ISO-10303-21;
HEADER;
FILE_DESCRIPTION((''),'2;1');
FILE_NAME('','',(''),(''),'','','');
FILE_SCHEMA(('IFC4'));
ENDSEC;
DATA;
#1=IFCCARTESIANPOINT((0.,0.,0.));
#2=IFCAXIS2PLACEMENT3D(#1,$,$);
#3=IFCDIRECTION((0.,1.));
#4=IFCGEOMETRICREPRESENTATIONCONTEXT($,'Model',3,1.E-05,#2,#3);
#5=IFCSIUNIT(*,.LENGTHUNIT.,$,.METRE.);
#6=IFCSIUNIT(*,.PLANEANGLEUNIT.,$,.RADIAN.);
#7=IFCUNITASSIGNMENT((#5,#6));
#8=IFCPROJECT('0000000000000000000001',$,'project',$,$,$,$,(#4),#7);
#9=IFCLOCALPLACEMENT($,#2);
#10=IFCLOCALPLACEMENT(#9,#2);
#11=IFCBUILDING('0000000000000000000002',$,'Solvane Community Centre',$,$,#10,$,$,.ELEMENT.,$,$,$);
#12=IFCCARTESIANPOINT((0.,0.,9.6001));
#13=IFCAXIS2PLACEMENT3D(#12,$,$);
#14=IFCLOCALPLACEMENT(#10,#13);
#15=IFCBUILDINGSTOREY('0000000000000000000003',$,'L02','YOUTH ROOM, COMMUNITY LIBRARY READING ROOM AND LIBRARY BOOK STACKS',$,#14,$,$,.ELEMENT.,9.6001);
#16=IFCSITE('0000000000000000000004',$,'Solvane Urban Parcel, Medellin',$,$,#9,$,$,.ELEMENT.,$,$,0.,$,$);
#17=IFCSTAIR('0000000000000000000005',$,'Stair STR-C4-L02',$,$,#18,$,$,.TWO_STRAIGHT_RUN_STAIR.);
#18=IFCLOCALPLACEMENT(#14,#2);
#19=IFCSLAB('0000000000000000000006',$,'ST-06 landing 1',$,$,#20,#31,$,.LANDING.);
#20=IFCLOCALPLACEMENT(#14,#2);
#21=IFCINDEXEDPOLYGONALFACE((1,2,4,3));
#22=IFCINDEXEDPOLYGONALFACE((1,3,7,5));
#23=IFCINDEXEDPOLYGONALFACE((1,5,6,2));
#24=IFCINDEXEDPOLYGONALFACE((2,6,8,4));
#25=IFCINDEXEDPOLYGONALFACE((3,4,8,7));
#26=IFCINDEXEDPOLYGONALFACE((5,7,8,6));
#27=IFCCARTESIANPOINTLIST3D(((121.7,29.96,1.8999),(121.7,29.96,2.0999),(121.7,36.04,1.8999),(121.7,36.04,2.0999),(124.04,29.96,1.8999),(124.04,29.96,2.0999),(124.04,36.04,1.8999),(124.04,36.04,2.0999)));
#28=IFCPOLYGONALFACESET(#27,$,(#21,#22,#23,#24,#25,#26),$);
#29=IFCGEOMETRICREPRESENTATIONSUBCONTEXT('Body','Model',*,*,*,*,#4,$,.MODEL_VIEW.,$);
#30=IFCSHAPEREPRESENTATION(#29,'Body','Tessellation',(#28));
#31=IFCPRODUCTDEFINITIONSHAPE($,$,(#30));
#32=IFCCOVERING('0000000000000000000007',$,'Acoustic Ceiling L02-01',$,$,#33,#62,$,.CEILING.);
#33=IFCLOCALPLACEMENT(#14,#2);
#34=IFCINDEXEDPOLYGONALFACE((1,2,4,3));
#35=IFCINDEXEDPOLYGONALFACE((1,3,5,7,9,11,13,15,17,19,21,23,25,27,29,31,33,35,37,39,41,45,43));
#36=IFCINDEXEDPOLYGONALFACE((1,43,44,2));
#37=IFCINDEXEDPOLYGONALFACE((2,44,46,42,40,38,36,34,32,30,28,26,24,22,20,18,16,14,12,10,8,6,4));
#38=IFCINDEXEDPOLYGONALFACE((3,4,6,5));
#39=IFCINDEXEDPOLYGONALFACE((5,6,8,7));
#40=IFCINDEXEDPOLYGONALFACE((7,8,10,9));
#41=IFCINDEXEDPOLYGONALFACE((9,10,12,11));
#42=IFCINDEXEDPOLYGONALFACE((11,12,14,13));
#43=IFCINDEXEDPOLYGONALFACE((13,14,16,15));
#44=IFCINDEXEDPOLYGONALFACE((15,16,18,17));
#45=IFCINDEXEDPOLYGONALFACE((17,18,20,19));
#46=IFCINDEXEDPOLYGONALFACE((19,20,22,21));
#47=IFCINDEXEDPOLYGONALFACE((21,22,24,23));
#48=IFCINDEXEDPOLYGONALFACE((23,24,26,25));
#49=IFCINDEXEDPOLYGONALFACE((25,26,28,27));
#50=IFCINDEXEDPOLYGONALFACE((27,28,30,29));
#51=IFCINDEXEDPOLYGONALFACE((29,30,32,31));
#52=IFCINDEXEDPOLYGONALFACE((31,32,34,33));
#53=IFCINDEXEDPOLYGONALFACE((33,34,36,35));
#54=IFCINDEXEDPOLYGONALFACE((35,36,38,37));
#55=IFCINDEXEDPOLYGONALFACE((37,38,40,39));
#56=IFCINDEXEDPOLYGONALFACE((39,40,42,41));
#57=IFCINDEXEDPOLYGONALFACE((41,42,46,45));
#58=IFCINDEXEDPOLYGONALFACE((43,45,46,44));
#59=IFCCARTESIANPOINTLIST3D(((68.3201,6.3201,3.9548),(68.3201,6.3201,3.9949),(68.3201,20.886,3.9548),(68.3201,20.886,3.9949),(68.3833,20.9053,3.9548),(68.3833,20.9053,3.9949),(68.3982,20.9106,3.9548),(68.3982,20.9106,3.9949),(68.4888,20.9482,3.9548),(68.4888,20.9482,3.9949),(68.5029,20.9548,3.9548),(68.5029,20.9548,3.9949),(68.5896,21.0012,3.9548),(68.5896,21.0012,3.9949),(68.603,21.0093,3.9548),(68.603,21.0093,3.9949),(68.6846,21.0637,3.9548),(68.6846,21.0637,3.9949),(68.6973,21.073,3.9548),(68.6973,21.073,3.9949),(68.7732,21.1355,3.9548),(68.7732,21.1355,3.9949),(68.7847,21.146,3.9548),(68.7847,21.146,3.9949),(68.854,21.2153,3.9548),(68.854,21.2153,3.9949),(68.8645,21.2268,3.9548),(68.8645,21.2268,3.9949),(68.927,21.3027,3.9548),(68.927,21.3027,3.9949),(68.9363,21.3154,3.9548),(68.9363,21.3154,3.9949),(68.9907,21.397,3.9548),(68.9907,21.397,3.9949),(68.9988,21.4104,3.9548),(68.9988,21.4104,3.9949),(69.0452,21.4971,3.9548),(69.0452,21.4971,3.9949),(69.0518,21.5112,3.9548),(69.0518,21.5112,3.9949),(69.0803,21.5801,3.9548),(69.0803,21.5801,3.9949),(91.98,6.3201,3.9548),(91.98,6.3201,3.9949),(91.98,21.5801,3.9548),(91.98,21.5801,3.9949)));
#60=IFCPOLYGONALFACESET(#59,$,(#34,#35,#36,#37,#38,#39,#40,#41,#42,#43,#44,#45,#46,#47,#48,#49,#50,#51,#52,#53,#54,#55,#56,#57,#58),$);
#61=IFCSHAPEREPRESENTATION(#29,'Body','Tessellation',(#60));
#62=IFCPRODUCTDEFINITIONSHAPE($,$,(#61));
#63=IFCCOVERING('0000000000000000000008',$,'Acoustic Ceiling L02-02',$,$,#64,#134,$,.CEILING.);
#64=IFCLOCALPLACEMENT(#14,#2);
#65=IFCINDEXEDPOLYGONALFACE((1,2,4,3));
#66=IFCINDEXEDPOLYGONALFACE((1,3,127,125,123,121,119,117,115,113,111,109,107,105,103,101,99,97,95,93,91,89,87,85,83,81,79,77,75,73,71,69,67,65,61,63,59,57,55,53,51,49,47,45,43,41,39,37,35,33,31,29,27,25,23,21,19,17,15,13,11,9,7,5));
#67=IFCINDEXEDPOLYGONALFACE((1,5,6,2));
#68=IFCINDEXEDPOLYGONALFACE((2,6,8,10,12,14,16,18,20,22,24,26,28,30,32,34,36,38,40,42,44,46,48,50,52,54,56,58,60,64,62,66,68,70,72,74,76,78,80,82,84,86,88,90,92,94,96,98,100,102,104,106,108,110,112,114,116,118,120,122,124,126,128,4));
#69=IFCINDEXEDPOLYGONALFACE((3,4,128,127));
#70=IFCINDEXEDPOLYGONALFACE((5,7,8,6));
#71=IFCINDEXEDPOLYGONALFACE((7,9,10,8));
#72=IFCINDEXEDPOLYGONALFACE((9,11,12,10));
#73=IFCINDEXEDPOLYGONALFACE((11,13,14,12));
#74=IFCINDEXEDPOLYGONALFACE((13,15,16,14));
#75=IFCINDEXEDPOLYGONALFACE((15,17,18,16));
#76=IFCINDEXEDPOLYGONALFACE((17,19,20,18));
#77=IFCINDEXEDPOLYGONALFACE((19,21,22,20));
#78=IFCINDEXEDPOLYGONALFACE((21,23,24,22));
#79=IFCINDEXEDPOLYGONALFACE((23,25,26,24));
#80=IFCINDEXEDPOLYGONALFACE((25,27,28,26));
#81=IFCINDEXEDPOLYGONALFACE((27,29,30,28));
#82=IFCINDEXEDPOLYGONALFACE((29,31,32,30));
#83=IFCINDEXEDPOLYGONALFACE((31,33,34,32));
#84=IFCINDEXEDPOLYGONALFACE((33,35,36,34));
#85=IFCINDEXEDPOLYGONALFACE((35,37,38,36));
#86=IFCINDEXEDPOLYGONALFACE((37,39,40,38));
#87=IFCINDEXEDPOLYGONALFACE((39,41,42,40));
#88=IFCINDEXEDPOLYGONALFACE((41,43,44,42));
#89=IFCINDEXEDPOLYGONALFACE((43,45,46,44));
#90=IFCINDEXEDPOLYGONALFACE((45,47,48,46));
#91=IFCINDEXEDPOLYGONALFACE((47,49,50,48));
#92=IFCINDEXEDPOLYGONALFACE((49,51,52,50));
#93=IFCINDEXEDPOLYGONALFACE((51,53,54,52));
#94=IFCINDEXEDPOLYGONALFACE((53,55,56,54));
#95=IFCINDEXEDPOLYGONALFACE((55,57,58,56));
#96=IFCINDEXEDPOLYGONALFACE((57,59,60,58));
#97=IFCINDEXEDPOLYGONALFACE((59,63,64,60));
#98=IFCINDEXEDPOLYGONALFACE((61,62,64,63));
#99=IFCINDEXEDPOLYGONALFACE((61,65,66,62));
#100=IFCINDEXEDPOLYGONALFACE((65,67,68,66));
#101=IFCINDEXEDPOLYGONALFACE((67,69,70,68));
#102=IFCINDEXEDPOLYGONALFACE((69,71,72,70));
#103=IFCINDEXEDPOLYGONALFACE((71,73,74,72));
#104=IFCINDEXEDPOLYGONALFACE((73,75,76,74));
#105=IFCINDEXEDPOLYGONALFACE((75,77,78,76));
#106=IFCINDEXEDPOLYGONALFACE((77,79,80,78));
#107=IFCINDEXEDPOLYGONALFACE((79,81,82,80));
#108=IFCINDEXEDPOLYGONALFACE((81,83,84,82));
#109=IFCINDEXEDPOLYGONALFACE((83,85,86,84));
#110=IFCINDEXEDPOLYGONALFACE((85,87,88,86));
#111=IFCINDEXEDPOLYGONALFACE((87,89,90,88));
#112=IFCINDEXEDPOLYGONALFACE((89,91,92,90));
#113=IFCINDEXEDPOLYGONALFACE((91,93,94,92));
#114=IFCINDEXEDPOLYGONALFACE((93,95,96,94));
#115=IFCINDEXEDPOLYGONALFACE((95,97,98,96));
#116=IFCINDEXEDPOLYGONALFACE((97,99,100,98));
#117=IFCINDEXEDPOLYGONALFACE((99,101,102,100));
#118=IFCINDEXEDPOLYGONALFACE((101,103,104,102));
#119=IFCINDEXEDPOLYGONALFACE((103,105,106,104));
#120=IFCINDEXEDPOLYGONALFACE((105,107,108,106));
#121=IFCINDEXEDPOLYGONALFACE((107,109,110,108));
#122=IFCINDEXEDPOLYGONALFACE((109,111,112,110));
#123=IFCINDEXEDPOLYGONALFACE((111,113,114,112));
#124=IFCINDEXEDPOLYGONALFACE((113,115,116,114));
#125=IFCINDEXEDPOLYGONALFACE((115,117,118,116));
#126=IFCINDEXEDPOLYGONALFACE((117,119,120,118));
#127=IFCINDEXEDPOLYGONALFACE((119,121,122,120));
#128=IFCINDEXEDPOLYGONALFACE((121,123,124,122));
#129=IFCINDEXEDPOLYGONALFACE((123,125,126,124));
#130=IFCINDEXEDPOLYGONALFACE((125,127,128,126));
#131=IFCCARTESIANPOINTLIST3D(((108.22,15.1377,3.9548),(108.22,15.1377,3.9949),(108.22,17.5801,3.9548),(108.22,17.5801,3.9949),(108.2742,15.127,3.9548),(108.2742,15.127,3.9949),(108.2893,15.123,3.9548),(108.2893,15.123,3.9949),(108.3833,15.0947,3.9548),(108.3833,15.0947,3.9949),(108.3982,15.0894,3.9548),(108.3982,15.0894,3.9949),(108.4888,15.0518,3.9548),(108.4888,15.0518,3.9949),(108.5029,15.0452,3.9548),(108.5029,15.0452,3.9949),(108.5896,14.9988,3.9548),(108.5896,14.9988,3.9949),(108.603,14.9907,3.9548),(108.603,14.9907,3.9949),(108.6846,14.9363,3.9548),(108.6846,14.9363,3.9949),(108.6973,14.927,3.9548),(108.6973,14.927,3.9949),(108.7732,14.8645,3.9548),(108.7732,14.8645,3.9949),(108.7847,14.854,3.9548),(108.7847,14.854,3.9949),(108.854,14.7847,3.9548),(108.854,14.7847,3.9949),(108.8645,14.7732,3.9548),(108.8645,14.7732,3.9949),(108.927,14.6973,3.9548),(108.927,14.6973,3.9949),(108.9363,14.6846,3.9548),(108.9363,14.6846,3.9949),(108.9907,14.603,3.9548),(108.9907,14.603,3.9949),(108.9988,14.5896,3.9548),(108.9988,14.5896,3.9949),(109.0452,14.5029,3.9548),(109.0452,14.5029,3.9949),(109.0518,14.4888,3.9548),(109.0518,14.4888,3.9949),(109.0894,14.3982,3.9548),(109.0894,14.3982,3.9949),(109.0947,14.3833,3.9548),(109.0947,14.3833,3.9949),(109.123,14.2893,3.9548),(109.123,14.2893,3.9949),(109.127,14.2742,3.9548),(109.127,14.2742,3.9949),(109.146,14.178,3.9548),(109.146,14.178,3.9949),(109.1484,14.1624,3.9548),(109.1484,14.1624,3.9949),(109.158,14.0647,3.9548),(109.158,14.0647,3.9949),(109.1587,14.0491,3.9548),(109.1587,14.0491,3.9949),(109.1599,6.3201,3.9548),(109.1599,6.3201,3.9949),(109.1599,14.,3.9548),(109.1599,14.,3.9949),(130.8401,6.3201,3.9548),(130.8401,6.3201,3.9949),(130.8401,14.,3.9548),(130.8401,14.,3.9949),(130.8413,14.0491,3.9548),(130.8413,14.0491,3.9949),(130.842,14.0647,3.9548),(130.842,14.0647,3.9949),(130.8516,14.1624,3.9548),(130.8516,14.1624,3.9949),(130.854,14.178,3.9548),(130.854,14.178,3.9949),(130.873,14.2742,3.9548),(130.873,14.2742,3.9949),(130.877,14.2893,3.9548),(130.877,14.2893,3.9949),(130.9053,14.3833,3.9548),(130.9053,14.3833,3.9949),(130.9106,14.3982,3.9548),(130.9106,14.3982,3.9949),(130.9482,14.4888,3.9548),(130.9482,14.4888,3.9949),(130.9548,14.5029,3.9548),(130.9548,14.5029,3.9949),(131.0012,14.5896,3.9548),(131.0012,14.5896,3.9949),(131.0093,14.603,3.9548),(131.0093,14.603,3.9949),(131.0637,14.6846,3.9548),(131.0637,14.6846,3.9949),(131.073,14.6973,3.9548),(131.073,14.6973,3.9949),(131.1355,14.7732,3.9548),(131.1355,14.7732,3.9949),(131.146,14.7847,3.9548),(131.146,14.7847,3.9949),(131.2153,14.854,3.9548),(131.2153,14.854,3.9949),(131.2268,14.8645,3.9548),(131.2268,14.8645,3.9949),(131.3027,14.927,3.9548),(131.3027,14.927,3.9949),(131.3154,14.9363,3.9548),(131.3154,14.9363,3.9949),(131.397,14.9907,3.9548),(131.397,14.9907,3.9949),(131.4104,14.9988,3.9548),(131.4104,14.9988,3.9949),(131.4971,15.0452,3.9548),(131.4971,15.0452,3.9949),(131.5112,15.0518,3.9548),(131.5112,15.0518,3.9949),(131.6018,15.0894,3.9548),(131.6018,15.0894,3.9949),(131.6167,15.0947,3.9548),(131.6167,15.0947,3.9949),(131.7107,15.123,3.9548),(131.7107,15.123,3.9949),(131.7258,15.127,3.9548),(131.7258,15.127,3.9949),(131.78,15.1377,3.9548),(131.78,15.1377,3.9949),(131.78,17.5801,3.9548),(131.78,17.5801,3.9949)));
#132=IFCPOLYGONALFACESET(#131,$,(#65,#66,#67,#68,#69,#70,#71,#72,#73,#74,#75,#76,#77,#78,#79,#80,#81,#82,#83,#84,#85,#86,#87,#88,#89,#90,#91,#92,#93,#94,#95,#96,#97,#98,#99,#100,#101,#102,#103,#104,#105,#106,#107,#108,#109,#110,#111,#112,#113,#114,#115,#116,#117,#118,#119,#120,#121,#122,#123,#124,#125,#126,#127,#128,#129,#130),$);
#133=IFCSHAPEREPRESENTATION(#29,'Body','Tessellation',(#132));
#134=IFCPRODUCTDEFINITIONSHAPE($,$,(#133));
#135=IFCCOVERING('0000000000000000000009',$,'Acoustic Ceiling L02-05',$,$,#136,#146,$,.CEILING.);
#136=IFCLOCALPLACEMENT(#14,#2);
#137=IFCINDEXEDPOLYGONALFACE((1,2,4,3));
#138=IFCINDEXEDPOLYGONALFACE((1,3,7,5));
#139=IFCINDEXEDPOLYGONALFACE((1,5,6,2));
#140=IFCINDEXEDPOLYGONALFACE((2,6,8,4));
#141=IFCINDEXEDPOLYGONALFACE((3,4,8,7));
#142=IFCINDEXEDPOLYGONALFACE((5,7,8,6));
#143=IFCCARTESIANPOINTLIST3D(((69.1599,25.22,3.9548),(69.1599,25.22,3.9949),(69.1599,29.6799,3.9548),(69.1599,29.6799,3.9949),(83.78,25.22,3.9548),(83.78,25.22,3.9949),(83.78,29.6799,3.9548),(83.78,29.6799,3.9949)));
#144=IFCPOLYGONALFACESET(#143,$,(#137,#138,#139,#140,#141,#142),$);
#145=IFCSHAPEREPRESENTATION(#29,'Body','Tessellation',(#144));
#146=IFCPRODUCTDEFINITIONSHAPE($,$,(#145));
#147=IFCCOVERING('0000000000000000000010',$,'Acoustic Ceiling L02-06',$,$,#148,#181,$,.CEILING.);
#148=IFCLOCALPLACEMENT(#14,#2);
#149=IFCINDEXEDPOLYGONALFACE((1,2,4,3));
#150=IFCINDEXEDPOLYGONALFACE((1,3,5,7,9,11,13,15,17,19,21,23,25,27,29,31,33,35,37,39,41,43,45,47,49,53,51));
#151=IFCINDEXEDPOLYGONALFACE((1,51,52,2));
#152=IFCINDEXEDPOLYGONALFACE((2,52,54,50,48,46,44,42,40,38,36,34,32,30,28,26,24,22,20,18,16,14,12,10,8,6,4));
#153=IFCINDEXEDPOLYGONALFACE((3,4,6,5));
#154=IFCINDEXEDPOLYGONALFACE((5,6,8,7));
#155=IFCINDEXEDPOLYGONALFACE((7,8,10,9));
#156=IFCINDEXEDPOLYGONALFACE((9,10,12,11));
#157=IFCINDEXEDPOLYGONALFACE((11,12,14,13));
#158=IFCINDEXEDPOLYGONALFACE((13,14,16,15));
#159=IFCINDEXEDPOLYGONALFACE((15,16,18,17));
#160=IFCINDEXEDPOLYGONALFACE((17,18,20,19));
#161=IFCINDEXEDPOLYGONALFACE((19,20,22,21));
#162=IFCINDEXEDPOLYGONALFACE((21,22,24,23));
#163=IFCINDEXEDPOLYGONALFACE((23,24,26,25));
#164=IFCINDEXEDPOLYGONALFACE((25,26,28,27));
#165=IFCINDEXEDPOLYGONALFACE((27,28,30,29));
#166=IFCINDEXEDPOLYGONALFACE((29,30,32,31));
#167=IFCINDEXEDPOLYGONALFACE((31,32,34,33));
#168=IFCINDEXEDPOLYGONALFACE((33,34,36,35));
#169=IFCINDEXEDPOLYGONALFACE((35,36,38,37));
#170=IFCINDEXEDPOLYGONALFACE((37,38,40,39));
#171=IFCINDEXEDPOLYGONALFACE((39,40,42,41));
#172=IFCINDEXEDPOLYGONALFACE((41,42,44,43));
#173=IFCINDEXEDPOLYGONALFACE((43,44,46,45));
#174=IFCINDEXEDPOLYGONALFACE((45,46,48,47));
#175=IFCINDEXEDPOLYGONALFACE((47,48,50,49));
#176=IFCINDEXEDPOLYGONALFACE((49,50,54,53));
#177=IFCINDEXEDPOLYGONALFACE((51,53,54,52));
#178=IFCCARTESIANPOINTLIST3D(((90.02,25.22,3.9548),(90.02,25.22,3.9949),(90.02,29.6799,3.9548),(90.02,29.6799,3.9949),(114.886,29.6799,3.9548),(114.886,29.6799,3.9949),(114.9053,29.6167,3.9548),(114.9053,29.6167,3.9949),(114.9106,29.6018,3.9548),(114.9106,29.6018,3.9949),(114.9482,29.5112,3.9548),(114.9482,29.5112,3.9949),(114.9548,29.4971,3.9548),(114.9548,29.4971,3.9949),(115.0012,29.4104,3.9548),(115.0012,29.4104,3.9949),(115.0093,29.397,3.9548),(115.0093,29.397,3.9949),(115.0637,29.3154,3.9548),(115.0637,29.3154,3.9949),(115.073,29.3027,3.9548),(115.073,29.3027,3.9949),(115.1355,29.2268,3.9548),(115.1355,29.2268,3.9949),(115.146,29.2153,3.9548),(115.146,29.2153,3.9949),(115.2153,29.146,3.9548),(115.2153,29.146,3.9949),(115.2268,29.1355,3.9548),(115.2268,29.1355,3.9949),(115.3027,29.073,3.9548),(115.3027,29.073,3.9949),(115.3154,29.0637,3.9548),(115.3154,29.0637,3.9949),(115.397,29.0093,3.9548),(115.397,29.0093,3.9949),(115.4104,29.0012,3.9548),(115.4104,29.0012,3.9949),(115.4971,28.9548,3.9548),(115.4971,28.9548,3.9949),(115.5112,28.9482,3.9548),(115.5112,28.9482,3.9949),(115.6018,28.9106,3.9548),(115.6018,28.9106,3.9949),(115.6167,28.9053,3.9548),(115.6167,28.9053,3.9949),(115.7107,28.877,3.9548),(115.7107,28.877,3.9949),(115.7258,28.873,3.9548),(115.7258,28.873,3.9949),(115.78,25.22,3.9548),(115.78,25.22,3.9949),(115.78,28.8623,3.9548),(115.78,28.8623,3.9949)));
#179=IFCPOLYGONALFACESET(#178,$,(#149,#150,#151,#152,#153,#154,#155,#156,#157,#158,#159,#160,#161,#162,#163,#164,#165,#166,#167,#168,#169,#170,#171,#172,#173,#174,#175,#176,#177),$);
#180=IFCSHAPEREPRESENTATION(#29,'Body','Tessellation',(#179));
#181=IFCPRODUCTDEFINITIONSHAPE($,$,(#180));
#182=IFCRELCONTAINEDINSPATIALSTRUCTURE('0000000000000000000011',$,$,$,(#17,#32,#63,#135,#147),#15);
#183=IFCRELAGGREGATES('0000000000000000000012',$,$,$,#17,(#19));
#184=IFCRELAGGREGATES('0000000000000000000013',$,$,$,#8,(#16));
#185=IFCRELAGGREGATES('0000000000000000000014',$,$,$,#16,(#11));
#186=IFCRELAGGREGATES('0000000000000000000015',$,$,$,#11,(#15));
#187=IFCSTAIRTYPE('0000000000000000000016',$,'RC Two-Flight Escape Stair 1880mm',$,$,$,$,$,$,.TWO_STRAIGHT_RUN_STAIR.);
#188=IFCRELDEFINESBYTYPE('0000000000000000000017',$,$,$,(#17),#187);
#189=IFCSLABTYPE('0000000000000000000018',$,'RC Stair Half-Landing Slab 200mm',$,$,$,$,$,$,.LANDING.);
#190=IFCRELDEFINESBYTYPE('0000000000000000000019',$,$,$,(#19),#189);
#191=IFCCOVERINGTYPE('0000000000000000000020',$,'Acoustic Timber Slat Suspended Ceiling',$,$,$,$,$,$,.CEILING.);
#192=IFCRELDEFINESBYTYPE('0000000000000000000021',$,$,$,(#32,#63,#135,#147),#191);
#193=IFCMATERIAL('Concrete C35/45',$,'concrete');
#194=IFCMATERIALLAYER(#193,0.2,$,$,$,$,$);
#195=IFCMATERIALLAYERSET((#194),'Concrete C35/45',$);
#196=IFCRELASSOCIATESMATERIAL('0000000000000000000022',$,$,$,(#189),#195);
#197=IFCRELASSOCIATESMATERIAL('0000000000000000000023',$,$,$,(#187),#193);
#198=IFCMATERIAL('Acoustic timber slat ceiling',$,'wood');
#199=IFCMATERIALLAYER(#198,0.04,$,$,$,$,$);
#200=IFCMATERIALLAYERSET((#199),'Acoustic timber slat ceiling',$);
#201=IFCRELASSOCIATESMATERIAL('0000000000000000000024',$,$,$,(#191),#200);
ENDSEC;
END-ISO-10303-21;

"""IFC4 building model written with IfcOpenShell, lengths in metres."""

from ifc_helpers import new_model, si_unit, direction, frame, origin, place, context, subcontext, project, spatial, polyline, outline, extrude, material, layer, layer_set, type_object, element, aggregate, save


model = new_model("IFC4")

# Units and contexts
model_context = context("Model", 3, precision=1e-05, world=origin(), true_north=direction((0.0, 1.0)))
body_context = subcontext(model_context, "Body", "Model", "MODEL_VIEW")
ifc_project = project(units=[si_unit("LENGTHUNIT", "METRE"), si_unit("PLANEANGLEUNIT", "RADIAN")], contexts=[model_context])

# Site, building, storey
site_placement = place(None, origin())
site = spatial("IfcSite", under=ifc_project, at=site_placement, Name="Solvane Urban Parcel, Medellin", CompositionType="ELEMENT", RefElevation=0.0)
building_placement = place(site_placement, origin())
building = spatial("IfcBuilding", under=site, at=building_placement, Name="Solvane Community Centre", CompositionType="ELEMENT")
storey_placement = place(building_placement, frame((0.0, 0.0, 9.6001)))
storey = spatial("IfcBuildingStorey", under=building, at=storey_placement, Name="L02", Description="YOUTH ROOM, COMMUNITY LIBRARY READING ROOM AND LIBRARY BOOK STACKS", CompositionType="ELEMENT", Elevation=9.6001)

# Shared definitions
ifc_material_1 = material(Name="Concrete C35/45", Category="concrete")

# Stair, slab
ifc_layer_1 = layer(ifc_material_1, 0.2)
ifc_layer_set_1 = layer_set([ifc_layer_1], Name="Concrete C35/45")
slab_type_1 = type_object("IfcSlabType", Name="RC Stair Half-Landing Slab 200mm", PredefinedType="LANDING", material=ifc_layer_set_1)
stair_type_1 = type_object("IfcStairType", Name="RC Two-Flight Escape Stair 1880mm", PredefinedType="TWO_STRAIGHT_RUN_STAIR", material=ifc_material_1)
stair_1_placement = place(storey_placement, origin())
stair_1 = element("IfcStair", 1, at=stair_1_placement, inside=storey, type_object=stair_type_1, Name="Stair STR-C4-L02", PredefinedType="TWO_STRAIGHT_RUN_STAIR")
slab_1_placement = place(storey_placement, frame((0.0, 0.0, 1.8999)))
slab_1 = element("IfcSlab", 2, at=slab_1_placement, type_object=slab_type_1, Name="ST-06 landing 1", PredefinedType="LANDING", context=body_context, shape_type="SweptSolid", body=[
    extrude(outline(polyline([(121.7, 29.96), (124.04, 29.96), (124.04, 36.04), (121.7, 36.04), (121.7, 29.96)])), origin(), (0.0, 0.0, 1.0), 0.2),
])
aggregate(stair_1, [slab_1])

# Coverings
ifc_material_2 = material(Name="Acoustic timber slat ceiling", Category="wood")
ifc_layer_2 = layer(ifc_material_2, 0.04)
ifc_layer_set_2 = layer_set([ifc_layer_2], Name="Acoustic timber slat ceiling")
covering_type = type_object("IfcCoveringType", Name="Acoustic Timber Slat Suspended Ceiling", PredefinedType="CEILING", material=ifc_layer_set_2)
covering_1_placement = place(storey_placement, frame((0.0, 0.0, 3.9548)))
element("IfcCovering", 3, at=covering_1_placement, inside=storey, type_object=covering_type, Name="Acoustic Ceiling L02-01", PredefinedType="CEILING", context=body_context, shape_type="SweptSolid", body=[
    extrude(outline(polyline([(91.98, 21.5801), (91.98, 6.3201), (68.3201, 6.3201), (68.3201, 20.886), (68.3833, 20.9053), (68.3982, 20.9106), (68.4888, 20.9482), (68.5029, 20.9548), (68.5896, 21.0012), (68.603, 21.0093), (68.6846, 21.0637), (68.6973, 21.073), (68.7732, 21.1355), (68.7847, 21.146), (68.854, 21.2153), (68.8645, 21.2268), (68.927, 21.3027), (68.9363, 21.3154), (68.9907, 21.397), (68.9988, 21.4104), (69.0452, 21.4971), (69.0518, 21.5112), (69.0803, 21.5801), (91.98, 21.5801)])), origin(), (0.0, 0.0, 1.0), 0.04),
])
covering_2_placement = place(storey_placement, frame((0.0, 0.0, 3.9548)))
element("IfcCovering", 4, at=covering_2_placement, inside=storey, type_object=covering_type, Name="Acoustic Ceiling L02-02", PredefinedType="CEILING", context=body_context, shape_type="SweptSolid", body=[
    extrude(outline(polyline([(108.22, 17.5801), (131.78, 17.5801), (131.78, 15.1377), (131.7258, 15.127), (131.7107, 15.123), (131.6167, 15.0947), (131.6018, 15.0894), (131.5112, 15.0518), (131.4971, 15.0452), (131.4104, 14.9988), (131.397, 14.9907), (131.3154, 14.9363), (131.3027, 14.927), (131.2268, 14.8645), (131.2153, 14.854), (131.146, 14.7847), (131.1355, 14.7732), (131.073, 14.6973), (131.0637, 14.6846), (131.0093, 14.603), (131.0012, 14.5896), (130.9548, 14.5029), (130.9482, 14.4888), (130.9106, 14.3982), (130.9053, 14.3833), (130.877, 14.2893), (130.873, 14.2742), (130.854, 14.178), (130.8516, 14.1624), (130.842, 14.0647), (130.8413, 14.0491), (130.8401, 14.0), (130.8401, 6.3201), (109.1599, 6.3201), (109.1599, 14.0), (109.1587, 14.0491), (109.158, 14.0647), (109.1484, 14.1624), (109.146, 14.178), (109.127, 14.2742), (109.123, 14.2893), (109.0947, 14.3833), (109.0894, 14.3982), (109.0518, 14.4888), (109.0452, 14.5029), (108.9988, 14.5896), (108.9907, 14.603), (108.9363, 14.6846), (108.927, 14.6973), (108.8645, 14.7732), (108.854, 14.7847), (108.7847, 14.854), (108.7732, 14.8645), (108.6973, 14.927), (108.6846, 14.9363), (108.603, 14.9907), (108.5896, 14.9988), (108.5029, 15.0452), (108.4888, 15.0518), (108.3982, 15.0894), (108.3833, 15.0947), (108.2893, 15.123), (108.2742, 15.127), (108.22, 15.1377), (108.22, 17.5801)])), origin(), (0.0, 0.0, 1.0), 0.04),
])
covering_3_placement = place(storey_placement, frame((0.0, 0.0, 3.9548)))
element("IfcCovering", 5, at=covering_3_placement, inside=storey, type_object=covering_type, Name="Acoustic Ceiling L02-05", PredefinedType="CEILING", context=body_context, shape_type="SweptSolid", body=[
    extrude(outline(polyline([(83.78, 29.6799), (83.78, 25.22), (69.1599, 25.22), (69.1599, 29.6799), (83.78, 29.6799)])), origin(), (0.0, 0.0, 1.0), 0.04),
])
covering_4_placement = place(storey_placement, frame((0.0, 0.0, 3.9548)))
element("IfcCovering", 6, at=covering_4_placement, inside=storey, type_object=covering_type, Name="Acoustic Ceiling L02-06", PredefinedType="CEILING", context=body_context, shape_type="SweptSolid", body=[
    extrude(outline(polyline([(115.78, 25.22), (90.02, 25.22), (90.02, 29.6799), (114.886, 29.6799), (114.9053, 29.6167), (114.9106, 29.6018), (114.9482, 29.5112), (114.9548, 29.4971), (115.0012, 29.4104), (115.0093, 29.397), (115.0637, 29.3154), (115.073, 29.3027), (115.1355, 29.2268), (115.146, 29.2153), (115.2153, 29.146), (115.2268, 29.1355), (115.3027, 29.073), (115.3154, 29.0637), (115.397, 29.0093), (115.4104, 29.0012), (115.4971, 28.9548), (115.5112, 28.9482), (115.6018, 28.9106), (115.6167, 28.9053), (115.7107, 28.877), (115.7258, 28.873), (115.78, 28.8623), (115.78, 25.22)])), origin(), (0.0, 0.0, 1.0), 0.04),
])

save(model, "model.ifc")
